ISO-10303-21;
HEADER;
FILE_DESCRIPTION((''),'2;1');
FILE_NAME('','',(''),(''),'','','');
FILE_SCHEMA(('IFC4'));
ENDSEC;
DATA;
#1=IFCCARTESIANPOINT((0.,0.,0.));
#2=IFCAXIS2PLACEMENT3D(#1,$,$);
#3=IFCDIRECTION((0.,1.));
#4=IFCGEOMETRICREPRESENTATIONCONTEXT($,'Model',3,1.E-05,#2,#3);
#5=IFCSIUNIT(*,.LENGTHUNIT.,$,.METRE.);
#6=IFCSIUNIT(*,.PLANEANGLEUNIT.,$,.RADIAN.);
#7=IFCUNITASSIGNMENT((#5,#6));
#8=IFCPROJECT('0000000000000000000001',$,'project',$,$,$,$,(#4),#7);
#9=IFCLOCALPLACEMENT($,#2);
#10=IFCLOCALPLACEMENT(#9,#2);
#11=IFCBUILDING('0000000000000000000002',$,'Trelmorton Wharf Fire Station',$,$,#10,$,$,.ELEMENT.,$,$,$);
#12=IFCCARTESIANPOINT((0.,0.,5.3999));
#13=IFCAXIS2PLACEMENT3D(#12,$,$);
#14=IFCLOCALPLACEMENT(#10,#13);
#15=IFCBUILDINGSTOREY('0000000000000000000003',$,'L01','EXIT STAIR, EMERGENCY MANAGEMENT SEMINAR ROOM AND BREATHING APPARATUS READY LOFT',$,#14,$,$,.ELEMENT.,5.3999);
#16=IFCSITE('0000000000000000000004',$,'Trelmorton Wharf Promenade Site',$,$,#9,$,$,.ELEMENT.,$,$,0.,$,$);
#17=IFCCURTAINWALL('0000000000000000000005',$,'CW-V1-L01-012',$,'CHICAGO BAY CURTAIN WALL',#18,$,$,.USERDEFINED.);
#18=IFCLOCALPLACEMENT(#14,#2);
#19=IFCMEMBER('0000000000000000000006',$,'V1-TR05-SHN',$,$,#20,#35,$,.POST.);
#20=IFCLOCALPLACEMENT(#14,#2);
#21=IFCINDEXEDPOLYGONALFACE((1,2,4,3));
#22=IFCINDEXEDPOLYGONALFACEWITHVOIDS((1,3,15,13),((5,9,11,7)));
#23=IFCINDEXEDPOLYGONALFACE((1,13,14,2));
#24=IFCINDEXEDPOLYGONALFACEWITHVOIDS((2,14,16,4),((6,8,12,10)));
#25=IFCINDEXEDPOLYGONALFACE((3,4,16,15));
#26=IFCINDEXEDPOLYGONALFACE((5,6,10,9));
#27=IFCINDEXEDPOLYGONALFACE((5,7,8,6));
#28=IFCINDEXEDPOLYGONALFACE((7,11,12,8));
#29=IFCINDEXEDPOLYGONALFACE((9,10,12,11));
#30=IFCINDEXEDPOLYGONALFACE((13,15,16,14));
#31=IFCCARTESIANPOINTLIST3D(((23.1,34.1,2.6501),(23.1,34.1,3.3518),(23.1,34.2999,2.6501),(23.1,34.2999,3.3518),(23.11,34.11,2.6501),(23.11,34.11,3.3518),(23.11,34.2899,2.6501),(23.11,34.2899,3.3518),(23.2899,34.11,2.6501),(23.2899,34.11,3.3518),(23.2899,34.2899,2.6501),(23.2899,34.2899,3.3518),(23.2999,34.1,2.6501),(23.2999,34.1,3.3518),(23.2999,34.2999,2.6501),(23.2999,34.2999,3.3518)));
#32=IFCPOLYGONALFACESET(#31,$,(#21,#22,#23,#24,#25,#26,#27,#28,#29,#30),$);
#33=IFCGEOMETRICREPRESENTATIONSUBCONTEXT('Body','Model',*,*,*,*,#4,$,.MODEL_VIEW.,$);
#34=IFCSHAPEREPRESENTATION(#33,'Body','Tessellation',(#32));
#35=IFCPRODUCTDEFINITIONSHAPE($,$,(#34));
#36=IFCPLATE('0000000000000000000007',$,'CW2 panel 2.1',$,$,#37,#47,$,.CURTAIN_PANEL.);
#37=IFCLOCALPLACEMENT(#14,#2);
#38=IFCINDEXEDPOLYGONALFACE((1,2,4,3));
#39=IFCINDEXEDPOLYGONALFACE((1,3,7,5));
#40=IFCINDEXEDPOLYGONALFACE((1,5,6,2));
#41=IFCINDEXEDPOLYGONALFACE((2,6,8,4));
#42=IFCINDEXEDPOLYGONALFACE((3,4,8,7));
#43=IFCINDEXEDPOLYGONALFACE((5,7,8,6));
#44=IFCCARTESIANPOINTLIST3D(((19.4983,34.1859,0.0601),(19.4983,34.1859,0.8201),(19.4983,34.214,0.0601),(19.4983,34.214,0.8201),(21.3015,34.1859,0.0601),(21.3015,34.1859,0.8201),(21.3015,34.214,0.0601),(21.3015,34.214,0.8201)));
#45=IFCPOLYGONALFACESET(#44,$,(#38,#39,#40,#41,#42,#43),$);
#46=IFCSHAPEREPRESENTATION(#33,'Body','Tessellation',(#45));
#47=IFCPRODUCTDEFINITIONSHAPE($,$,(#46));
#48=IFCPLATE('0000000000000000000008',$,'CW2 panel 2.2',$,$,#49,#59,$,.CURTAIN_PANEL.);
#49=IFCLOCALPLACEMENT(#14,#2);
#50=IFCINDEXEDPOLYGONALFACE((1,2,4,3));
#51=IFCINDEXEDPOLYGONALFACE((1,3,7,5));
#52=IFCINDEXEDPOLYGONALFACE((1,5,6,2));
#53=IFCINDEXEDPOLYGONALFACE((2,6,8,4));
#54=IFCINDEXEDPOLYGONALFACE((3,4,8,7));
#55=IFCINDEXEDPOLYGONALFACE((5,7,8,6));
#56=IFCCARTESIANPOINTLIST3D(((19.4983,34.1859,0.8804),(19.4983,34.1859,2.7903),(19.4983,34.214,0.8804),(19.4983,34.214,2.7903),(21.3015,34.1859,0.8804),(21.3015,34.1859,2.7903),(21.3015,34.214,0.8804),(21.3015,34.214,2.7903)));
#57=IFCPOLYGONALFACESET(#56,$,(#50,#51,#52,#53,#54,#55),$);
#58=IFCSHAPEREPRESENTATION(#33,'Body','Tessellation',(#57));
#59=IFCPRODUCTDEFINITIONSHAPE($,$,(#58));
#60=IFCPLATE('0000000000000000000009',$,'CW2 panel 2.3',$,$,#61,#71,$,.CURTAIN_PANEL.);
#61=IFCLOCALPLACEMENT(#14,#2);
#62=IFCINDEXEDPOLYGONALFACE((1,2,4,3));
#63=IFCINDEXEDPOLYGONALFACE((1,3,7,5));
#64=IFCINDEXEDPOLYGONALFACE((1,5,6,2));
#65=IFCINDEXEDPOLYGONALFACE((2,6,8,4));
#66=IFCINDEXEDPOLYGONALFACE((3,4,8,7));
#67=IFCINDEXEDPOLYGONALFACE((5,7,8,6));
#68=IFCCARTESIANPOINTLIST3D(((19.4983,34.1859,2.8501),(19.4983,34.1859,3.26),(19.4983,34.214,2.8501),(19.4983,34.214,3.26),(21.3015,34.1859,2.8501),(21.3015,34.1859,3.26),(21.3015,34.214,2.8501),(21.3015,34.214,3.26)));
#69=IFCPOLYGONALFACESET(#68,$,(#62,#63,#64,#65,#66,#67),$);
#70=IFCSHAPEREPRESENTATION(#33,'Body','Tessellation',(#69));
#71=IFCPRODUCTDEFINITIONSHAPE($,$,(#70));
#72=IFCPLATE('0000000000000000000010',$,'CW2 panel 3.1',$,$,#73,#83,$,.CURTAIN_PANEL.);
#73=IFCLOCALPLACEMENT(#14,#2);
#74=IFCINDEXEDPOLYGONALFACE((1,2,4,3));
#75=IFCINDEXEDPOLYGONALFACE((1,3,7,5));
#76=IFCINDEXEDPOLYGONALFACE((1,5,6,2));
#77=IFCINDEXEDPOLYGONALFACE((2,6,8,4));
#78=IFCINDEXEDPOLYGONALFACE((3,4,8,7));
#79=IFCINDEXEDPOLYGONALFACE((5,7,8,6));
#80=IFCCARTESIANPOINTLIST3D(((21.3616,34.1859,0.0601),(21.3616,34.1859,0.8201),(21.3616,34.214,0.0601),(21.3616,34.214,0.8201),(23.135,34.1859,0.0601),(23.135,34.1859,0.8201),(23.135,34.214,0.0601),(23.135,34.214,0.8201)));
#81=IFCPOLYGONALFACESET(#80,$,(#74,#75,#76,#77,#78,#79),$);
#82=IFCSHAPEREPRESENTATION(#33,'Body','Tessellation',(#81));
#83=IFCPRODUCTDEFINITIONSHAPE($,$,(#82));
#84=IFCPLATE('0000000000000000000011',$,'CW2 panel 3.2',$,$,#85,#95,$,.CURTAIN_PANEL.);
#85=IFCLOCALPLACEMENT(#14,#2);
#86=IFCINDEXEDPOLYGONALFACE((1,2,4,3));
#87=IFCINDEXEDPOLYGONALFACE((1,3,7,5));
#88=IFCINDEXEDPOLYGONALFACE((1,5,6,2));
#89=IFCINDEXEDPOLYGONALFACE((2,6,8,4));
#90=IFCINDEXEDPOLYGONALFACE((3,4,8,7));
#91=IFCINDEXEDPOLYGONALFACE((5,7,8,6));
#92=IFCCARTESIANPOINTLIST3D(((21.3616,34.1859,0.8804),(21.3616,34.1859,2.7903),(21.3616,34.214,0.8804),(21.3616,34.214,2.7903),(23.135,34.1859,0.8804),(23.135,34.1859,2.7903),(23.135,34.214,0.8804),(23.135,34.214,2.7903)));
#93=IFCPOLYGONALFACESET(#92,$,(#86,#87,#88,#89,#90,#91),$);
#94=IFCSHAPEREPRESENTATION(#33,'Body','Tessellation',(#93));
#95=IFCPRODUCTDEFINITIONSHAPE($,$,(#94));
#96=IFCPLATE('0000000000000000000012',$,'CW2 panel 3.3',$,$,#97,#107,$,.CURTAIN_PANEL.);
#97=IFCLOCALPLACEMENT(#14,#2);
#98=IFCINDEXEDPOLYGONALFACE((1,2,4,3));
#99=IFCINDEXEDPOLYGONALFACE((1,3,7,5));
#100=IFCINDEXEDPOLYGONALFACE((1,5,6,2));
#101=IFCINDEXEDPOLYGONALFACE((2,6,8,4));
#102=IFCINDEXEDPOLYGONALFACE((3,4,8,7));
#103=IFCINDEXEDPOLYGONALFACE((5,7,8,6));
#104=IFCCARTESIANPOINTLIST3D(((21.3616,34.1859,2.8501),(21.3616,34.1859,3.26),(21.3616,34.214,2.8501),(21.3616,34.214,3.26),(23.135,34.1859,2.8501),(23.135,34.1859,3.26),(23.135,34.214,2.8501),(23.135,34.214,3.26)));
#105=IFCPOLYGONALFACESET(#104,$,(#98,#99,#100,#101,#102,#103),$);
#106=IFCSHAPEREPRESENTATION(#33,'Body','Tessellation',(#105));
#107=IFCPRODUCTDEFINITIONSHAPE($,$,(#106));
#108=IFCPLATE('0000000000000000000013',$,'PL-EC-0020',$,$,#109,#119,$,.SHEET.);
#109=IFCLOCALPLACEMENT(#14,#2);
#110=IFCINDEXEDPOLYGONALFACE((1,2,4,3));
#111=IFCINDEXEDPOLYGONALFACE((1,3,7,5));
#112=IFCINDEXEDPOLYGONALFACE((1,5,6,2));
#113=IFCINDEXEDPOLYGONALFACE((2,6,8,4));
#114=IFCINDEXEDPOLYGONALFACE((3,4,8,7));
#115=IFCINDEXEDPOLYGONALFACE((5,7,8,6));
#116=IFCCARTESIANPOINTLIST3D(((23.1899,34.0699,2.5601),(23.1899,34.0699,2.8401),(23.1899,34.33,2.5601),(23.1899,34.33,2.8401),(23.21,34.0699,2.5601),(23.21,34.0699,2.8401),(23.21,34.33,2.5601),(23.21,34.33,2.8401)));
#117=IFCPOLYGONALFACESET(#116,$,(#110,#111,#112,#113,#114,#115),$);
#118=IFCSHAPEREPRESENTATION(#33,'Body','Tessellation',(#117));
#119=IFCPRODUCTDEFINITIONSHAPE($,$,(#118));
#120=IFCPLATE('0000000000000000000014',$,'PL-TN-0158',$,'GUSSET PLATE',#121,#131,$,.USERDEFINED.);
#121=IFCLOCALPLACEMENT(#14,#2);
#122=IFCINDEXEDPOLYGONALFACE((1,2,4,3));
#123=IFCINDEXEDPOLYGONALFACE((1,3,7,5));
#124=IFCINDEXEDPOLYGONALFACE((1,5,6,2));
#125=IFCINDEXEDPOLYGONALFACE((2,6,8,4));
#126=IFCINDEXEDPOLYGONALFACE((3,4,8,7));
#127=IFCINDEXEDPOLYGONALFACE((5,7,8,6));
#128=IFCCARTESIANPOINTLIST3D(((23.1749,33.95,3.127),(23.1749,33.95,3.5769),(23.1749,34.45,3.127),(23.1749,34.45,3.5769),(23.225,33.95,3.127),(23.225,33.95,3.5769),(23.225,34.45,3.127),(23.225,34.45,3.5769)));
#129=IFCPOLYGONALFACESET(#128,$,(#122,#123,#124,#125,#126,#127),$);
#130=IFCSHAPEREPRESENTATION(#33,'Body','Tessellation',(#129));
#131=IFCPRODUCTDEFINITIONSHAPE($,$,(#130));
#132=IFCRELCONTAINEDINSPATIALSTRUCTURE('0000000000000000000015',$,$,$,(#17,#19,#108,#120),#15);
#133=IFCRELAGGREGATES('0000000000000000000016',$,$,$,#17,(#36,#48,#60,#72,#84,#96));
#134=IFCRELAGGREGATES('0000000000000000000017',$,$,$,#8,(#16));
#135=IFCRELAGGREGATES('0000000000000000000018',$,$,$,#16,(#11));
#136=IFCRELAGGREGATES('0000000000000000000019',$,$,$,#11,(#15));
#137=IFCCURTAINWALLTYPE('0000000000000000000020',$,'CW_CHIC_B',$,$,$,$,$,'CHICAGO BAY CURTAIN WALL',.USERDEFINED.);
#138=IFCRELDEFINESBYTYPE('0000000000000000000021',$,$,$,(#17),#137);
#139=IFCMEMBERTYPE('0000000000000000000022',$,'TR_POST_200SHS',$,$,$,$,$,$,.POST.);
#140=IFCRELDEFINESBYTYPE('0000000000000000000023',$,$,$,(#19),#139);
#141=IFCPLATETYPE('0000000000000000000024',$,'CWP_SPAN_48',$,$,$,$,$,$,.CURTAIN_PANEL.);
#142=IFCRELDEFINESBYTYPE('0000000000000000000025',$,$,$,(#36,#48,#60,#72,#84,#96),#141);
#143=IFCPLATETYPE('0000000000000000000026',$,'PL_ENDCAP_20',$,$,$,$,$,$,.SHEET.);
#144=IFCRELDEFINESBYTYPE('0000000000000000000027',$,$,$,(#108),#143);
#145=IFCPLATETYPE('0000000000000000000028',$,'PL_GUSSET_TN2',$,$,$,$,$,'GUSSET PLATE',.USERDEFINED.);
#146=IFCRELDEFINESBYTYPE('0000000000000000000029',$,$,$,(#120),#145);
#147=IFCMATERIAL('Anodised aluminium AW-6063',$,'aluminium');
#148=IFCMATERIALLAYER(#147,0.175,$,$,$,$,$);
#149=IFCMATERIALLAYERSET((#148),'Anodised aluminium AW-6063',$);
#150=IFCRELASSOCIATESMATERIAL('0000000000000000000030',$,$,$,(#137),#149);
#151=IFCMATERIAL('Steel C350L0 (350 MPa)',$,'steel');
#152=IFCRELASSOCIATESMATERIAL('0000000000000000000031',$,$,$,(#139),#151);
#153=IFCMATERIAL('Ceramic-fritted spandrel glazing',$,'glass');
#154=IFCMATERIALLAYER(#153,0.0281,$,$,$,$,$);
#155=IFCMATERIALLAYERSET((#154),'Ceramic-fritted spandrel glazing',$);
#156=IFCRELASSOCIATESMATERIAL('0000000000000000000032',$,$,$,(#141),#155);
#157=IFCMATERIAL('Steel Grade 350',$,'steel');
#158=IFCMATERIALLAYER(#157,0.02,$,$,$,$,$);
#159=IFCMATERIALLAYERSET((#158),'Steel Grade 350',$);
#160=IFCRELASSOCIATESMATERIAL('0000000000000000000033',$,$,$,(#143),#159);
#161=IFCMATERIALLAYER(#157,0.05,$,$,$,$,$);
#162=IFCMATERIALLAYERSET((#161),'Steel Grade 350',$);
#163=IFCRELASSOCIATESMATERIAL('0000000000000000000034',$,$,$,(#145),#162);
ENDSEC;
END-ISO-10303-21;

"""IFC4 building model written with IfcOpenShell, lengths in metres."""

from ifc_helpers import new_model, si_unit, direction, frame, origin, origin_2d, place, context, subcontext, project, spatial, rectangle, hollow_rectangle, extrude, material, layer, layer_set, material_profile, profile_set, type_object, element, aggregate, save


model = new_model("IFC4")

# Units and contexts
model_context = context("Model", 3, precision=1e-05, world=origin(), true_north=direction((0.0, 1.0)))
body_context = subcontext(model_context, "Body", "Model", "MODEL_VIEW")
ifc_project = project(units=[si_unit("LENGTHUNIT", "METRE"), si_unit("PLANEANGLEUNIT", "RADIAN")], contexts=[model_context])

# Site, building, storey
site_placement = place(None, origin())
site = spatial("IfcSite", under=ifc_project, at=site_placement, Name="Trelmorton Wharf Promenade Site", CompositionType="ELEMENT", RefElevation=0.0)
building_placement = place(site_placement, origin())
building = spatial("IfcBuilding", under=site, at=building_placement, Name="Trelmorton Wharf Fire Station", CompositionType="ELEMENT")
storey_placement = place(building_placement, frame((0.0, 0.0, 5.3999)))
storey = spatial("IfcBuildingStorey", under=building, at=storey_placement, Name="L01", Description="EXIT STAIR, EMERGENCY MANAGEMENT SEMINAR ROOM AND BREATHING APPARATUS READY LOFT", CompositionType="ELEMENT", Elevation=5.3999)

# Shared definitions
ifc_material_1 = material(Name="Steel Grade 350", Category="steel")

# Shared definitions
ifc_material_2 = material(Name="Anodised aluminium AW-6063", Category="aluminium")
ifc_layer_1 = layer(ifc_material_2, 0.175)
ifc_layer_set_1 = layer_set([ifc_layer_1], Name="Anodised aluminium AW-6063")
curtain_wall_type = type_object("IfcCurtainWallType", Name="CW_CHIC_B", ElementType="CHICAGO BAY CURTAIN WALL", PredefinedType="USERDEFINED", material=ifc_layer_set_1)

# Curtain wall
curtain_wall_1_placement = place(storey_placement, origin())
curtain_wall_1 = element("IfcCurtainWall", 1, at=curtain_wall_1_placement, inside=storey, type_object=curtain_wall_type, Name="CW-V1-L01-012", ObjectType="CHICAGO BAY CURTAIN WALL", PredefinedType="USERDEFINED")

# Member
ifc_material_3 = material(Name="Steel C350L0 (350 MPa)", Category="steel")
ifc_material_profile_1 = material_profile(ifc_material_3, hollow_rectangle(XDim=0.2, YDim=0.2, WallThickness=0.01, at=origin_2d()), Name="200x200x10.0SHS")
ifc_profile_set_1 = profile_set([ifc_material_profile_1], Name="Steel C350L0 (350 MPa)")
member_type_1 = type_object("IfcMemberType", Name="TR_POST_200SHS", PredefinedType="POST", material=ifc_profile_set_1)
member_1_placement = place(storey_placement, frame((23.2, 34.2, 2.6501), z_axis=(0.0, 0.0, 1.0), x_axis=(1.0, 0.0, 0.0)))
element("IfcMember", 2, at=member_1_placement, inside=storey, type_object=member_type_1, Name="V1-TR05-SHN", PredefinedType="POST", context=body_context, shape_type="SweptSolid", body=[
    extrude(hollow_rectangle(XDim=0.2, YDim=0.2, WallThickness=0.01, at=origin_2d()), origin(), (0.0, 0.0, 1.0), 0.7017),
])

# Plates
ifc_material_4 = material(Name="Ceramic-fritted spandrel glazing", Category="glass")
ifc_layer_2 = layer(ifc_material_4, 0.0281)
ifc_layer_set_2 = layer_set([ifc_layer_2], Name="Ceramic-fritted spandrel glazing")
plate_type_1 = type_object("IfcPlateType", Name="CWP_SPAN_48", PredefinedType="CURTAIN_PANEL", material=ifc_layer_set_2)
plate_1_placement = place(storey_placement, frame((20.3999, 34.2, 0.0601), z_axis=(0.0, 0.0, 1.0), x_axis=(1.0, 0.0, 0.0)))
plate_1 = element("IfcPlate", 3, at=plate_1_placement, type_object=plate_type_1, Name="CW2 panel 2.1", PredefinedType="CURTAIN_PANEL", context=body_context, shape_type="SweptSolid", body=[
    extrude(rectangle(XDim=1.8032, YDim=0.0281, at=origin_2d()), origin(), (0.0, 0.0, 1.0), 0.76),
])
plate_2_placement = place(storey_placement, frame((20.3999, 34.2, 0.8804), z_axis=(0.0, 0.0, 1.0), x_axis=(1.0, 0.0, 0.0)))
plate_2 = element("IfcPlate", 4, at=plate_2_placement, type_object=plate_type_1, Name="CW2 panel 2.2", PredefinedType="CURTAIN_PANEL", context=body_context, shape_type="SweptSolid", body=[
    extrude(rectangle(XDim=1.8032, YDim=0.0281, at=origin_2d()), origin(), (0.0, 0.0, 1.0), 1.9099),
])
plate_3_placement = place(storey_placement, frame((20.3999, 34.2, 2.8501), z_axis=(0.0, 0.0, 1.0), x_axis=(1.0, 0.0, 0.0)))
plate_3 = element("IfcPlate", 5, at=plate_3_placement, type_object=plate_type_1, Name="CW2 panel 2.3", PredefinedType="CURTAIN_PANEL", context=body_context, shape_type="SweptSolid", body=[
    extrude(rectangle(XDim=1.8032, YDim=0.0281, at=origin_2d()), origin(), (0.0, 0.0, 1.0), 0.4099),
])
plate_4_placement = place(storey_placement, frame((22.2483, 34.2, 0.0601), z_axis=(0.0, 0.0, 1.0), x_axis=(1.0, 0.0, 0.0)))
plate_4 = element("IfcPlate", 6, at=plate_4_placement, type_object=plate_type_1, Name="CW2 panel 3.1", PredefinedType="CURTAIN_PANEL", context=body_context, shape_type="SweptSolid", body=[
    extrude(rectangle(XDim=1.7734, YDim=0.0281, at=origin_2d()), origin(), (0.0, 0.0, 1.0), 0.76),
])
plate_5_placement = place(storey_placement, frame((22.2483, 34.2, 0.8804), z_axis=(0.0, 0.0, 1.0), x_axis=(1.0, 0.0, 0.0)))
plate_5 = element("IfcPlate", 7, at=plate_5_placement, type_object=plate_type_1, Name="CW2 panel 3.2", PredefinedType="CURTAIN_PANEL", context=body_context, shape_type="SweptSolid", body=[
    extrude(rectangle(XDim=1.7734, YDim=0.0281, at=origin_2d()), origin(), (0.0, 0.0, 1.0), 1.9099),
])
plate_6_placement = place(storey_placement, frame((22.2483, 34.2, 2.8501), z_axis=(0.0, 0.0, 1.0), x_axis=(1.0, 0.0, 0.0)))
plate_6 = element("IfcPlate", 8, at=plate_6_placement, type_object=plate_type_1, Name="CW2 panel 3.3", PredefinedType="CURTAIN_PANEL", context=body_context, shape_type="SweptSolid", body=[
    extrude(rectangle(XDim=1.7734, YDim=0.0281, at=origin_2d()), origin(), (0.0, 0.0, 1.0), 0.4099),
])
aggregate(curtain_wall_1, [plate_1, plate_2, plate_3, plate_4, plate_5, plate_6])

# Plates
ifc_layer_3 = layer(ifc_material_1, 0.02)
ifc_layer_set_3 = layer_set([ifc_layer_3], Name="Steel Grade 350")
plate_type_2 = type_object("IfcPlateType", Name="PL_ENDCAP_20", PredefinedType="SHEET", material=ifc_layer_set_3)
plate_7_placement = place(storey_placement, frame((23.2, 34.2, 2.5601), z_axis=(0.0, 0.0, 1.0), x_axis=(1.0, 0.0, 0.0)))
element("IfcPlate", 9, at=plate_7_placement, inside=storey, type_object=plate_type_2, Name="PL-EC-0020", PredefinedType="SHEET", context=body_context, shape_type="SweptSolid", body=[
    extrude(rectangle(XDim=0.02, YDim=0.26, at=origin_2d()), origin(), (0.0, 0.0, 1.0), 0.28),
])
ifc_layer_4 = layer(ifc_material_1, 0.05)
ifc_layer_set_4 = layer_set([ifc_layer_4], Name="Steel Grade 350")
plate_type_3 = type_object("IfcPlateType", Name="PL_GUSSET_TN2", ElementType="GUSSET PLATE", PredefinedType="USERDEFINED", material=ifc_layer_set_4)
plate_8_placement = place(storey_placement, frame((23.2, 34.2, 3.127), z_axis=(0.0, 0.0, 1.0), x_axis=(1.0, 0.0, 0.0)))
element("IfcPlate", 10, at=plate_8_placement, inside=storey, type_object=plate_type_3, Name="PL-TN-0158", ObjectType="GUSSET PLATE", PredefinedType="USERDEFINED", context=body_context, shape_type="SweptSolid", body=[
    extrude(rectangle(XDim=0.05, YDim=0.5, at=origin_2d()), origin(), (0.0, 0.0, 1.0), 0.45),
])

save(model, "model.ifc")
